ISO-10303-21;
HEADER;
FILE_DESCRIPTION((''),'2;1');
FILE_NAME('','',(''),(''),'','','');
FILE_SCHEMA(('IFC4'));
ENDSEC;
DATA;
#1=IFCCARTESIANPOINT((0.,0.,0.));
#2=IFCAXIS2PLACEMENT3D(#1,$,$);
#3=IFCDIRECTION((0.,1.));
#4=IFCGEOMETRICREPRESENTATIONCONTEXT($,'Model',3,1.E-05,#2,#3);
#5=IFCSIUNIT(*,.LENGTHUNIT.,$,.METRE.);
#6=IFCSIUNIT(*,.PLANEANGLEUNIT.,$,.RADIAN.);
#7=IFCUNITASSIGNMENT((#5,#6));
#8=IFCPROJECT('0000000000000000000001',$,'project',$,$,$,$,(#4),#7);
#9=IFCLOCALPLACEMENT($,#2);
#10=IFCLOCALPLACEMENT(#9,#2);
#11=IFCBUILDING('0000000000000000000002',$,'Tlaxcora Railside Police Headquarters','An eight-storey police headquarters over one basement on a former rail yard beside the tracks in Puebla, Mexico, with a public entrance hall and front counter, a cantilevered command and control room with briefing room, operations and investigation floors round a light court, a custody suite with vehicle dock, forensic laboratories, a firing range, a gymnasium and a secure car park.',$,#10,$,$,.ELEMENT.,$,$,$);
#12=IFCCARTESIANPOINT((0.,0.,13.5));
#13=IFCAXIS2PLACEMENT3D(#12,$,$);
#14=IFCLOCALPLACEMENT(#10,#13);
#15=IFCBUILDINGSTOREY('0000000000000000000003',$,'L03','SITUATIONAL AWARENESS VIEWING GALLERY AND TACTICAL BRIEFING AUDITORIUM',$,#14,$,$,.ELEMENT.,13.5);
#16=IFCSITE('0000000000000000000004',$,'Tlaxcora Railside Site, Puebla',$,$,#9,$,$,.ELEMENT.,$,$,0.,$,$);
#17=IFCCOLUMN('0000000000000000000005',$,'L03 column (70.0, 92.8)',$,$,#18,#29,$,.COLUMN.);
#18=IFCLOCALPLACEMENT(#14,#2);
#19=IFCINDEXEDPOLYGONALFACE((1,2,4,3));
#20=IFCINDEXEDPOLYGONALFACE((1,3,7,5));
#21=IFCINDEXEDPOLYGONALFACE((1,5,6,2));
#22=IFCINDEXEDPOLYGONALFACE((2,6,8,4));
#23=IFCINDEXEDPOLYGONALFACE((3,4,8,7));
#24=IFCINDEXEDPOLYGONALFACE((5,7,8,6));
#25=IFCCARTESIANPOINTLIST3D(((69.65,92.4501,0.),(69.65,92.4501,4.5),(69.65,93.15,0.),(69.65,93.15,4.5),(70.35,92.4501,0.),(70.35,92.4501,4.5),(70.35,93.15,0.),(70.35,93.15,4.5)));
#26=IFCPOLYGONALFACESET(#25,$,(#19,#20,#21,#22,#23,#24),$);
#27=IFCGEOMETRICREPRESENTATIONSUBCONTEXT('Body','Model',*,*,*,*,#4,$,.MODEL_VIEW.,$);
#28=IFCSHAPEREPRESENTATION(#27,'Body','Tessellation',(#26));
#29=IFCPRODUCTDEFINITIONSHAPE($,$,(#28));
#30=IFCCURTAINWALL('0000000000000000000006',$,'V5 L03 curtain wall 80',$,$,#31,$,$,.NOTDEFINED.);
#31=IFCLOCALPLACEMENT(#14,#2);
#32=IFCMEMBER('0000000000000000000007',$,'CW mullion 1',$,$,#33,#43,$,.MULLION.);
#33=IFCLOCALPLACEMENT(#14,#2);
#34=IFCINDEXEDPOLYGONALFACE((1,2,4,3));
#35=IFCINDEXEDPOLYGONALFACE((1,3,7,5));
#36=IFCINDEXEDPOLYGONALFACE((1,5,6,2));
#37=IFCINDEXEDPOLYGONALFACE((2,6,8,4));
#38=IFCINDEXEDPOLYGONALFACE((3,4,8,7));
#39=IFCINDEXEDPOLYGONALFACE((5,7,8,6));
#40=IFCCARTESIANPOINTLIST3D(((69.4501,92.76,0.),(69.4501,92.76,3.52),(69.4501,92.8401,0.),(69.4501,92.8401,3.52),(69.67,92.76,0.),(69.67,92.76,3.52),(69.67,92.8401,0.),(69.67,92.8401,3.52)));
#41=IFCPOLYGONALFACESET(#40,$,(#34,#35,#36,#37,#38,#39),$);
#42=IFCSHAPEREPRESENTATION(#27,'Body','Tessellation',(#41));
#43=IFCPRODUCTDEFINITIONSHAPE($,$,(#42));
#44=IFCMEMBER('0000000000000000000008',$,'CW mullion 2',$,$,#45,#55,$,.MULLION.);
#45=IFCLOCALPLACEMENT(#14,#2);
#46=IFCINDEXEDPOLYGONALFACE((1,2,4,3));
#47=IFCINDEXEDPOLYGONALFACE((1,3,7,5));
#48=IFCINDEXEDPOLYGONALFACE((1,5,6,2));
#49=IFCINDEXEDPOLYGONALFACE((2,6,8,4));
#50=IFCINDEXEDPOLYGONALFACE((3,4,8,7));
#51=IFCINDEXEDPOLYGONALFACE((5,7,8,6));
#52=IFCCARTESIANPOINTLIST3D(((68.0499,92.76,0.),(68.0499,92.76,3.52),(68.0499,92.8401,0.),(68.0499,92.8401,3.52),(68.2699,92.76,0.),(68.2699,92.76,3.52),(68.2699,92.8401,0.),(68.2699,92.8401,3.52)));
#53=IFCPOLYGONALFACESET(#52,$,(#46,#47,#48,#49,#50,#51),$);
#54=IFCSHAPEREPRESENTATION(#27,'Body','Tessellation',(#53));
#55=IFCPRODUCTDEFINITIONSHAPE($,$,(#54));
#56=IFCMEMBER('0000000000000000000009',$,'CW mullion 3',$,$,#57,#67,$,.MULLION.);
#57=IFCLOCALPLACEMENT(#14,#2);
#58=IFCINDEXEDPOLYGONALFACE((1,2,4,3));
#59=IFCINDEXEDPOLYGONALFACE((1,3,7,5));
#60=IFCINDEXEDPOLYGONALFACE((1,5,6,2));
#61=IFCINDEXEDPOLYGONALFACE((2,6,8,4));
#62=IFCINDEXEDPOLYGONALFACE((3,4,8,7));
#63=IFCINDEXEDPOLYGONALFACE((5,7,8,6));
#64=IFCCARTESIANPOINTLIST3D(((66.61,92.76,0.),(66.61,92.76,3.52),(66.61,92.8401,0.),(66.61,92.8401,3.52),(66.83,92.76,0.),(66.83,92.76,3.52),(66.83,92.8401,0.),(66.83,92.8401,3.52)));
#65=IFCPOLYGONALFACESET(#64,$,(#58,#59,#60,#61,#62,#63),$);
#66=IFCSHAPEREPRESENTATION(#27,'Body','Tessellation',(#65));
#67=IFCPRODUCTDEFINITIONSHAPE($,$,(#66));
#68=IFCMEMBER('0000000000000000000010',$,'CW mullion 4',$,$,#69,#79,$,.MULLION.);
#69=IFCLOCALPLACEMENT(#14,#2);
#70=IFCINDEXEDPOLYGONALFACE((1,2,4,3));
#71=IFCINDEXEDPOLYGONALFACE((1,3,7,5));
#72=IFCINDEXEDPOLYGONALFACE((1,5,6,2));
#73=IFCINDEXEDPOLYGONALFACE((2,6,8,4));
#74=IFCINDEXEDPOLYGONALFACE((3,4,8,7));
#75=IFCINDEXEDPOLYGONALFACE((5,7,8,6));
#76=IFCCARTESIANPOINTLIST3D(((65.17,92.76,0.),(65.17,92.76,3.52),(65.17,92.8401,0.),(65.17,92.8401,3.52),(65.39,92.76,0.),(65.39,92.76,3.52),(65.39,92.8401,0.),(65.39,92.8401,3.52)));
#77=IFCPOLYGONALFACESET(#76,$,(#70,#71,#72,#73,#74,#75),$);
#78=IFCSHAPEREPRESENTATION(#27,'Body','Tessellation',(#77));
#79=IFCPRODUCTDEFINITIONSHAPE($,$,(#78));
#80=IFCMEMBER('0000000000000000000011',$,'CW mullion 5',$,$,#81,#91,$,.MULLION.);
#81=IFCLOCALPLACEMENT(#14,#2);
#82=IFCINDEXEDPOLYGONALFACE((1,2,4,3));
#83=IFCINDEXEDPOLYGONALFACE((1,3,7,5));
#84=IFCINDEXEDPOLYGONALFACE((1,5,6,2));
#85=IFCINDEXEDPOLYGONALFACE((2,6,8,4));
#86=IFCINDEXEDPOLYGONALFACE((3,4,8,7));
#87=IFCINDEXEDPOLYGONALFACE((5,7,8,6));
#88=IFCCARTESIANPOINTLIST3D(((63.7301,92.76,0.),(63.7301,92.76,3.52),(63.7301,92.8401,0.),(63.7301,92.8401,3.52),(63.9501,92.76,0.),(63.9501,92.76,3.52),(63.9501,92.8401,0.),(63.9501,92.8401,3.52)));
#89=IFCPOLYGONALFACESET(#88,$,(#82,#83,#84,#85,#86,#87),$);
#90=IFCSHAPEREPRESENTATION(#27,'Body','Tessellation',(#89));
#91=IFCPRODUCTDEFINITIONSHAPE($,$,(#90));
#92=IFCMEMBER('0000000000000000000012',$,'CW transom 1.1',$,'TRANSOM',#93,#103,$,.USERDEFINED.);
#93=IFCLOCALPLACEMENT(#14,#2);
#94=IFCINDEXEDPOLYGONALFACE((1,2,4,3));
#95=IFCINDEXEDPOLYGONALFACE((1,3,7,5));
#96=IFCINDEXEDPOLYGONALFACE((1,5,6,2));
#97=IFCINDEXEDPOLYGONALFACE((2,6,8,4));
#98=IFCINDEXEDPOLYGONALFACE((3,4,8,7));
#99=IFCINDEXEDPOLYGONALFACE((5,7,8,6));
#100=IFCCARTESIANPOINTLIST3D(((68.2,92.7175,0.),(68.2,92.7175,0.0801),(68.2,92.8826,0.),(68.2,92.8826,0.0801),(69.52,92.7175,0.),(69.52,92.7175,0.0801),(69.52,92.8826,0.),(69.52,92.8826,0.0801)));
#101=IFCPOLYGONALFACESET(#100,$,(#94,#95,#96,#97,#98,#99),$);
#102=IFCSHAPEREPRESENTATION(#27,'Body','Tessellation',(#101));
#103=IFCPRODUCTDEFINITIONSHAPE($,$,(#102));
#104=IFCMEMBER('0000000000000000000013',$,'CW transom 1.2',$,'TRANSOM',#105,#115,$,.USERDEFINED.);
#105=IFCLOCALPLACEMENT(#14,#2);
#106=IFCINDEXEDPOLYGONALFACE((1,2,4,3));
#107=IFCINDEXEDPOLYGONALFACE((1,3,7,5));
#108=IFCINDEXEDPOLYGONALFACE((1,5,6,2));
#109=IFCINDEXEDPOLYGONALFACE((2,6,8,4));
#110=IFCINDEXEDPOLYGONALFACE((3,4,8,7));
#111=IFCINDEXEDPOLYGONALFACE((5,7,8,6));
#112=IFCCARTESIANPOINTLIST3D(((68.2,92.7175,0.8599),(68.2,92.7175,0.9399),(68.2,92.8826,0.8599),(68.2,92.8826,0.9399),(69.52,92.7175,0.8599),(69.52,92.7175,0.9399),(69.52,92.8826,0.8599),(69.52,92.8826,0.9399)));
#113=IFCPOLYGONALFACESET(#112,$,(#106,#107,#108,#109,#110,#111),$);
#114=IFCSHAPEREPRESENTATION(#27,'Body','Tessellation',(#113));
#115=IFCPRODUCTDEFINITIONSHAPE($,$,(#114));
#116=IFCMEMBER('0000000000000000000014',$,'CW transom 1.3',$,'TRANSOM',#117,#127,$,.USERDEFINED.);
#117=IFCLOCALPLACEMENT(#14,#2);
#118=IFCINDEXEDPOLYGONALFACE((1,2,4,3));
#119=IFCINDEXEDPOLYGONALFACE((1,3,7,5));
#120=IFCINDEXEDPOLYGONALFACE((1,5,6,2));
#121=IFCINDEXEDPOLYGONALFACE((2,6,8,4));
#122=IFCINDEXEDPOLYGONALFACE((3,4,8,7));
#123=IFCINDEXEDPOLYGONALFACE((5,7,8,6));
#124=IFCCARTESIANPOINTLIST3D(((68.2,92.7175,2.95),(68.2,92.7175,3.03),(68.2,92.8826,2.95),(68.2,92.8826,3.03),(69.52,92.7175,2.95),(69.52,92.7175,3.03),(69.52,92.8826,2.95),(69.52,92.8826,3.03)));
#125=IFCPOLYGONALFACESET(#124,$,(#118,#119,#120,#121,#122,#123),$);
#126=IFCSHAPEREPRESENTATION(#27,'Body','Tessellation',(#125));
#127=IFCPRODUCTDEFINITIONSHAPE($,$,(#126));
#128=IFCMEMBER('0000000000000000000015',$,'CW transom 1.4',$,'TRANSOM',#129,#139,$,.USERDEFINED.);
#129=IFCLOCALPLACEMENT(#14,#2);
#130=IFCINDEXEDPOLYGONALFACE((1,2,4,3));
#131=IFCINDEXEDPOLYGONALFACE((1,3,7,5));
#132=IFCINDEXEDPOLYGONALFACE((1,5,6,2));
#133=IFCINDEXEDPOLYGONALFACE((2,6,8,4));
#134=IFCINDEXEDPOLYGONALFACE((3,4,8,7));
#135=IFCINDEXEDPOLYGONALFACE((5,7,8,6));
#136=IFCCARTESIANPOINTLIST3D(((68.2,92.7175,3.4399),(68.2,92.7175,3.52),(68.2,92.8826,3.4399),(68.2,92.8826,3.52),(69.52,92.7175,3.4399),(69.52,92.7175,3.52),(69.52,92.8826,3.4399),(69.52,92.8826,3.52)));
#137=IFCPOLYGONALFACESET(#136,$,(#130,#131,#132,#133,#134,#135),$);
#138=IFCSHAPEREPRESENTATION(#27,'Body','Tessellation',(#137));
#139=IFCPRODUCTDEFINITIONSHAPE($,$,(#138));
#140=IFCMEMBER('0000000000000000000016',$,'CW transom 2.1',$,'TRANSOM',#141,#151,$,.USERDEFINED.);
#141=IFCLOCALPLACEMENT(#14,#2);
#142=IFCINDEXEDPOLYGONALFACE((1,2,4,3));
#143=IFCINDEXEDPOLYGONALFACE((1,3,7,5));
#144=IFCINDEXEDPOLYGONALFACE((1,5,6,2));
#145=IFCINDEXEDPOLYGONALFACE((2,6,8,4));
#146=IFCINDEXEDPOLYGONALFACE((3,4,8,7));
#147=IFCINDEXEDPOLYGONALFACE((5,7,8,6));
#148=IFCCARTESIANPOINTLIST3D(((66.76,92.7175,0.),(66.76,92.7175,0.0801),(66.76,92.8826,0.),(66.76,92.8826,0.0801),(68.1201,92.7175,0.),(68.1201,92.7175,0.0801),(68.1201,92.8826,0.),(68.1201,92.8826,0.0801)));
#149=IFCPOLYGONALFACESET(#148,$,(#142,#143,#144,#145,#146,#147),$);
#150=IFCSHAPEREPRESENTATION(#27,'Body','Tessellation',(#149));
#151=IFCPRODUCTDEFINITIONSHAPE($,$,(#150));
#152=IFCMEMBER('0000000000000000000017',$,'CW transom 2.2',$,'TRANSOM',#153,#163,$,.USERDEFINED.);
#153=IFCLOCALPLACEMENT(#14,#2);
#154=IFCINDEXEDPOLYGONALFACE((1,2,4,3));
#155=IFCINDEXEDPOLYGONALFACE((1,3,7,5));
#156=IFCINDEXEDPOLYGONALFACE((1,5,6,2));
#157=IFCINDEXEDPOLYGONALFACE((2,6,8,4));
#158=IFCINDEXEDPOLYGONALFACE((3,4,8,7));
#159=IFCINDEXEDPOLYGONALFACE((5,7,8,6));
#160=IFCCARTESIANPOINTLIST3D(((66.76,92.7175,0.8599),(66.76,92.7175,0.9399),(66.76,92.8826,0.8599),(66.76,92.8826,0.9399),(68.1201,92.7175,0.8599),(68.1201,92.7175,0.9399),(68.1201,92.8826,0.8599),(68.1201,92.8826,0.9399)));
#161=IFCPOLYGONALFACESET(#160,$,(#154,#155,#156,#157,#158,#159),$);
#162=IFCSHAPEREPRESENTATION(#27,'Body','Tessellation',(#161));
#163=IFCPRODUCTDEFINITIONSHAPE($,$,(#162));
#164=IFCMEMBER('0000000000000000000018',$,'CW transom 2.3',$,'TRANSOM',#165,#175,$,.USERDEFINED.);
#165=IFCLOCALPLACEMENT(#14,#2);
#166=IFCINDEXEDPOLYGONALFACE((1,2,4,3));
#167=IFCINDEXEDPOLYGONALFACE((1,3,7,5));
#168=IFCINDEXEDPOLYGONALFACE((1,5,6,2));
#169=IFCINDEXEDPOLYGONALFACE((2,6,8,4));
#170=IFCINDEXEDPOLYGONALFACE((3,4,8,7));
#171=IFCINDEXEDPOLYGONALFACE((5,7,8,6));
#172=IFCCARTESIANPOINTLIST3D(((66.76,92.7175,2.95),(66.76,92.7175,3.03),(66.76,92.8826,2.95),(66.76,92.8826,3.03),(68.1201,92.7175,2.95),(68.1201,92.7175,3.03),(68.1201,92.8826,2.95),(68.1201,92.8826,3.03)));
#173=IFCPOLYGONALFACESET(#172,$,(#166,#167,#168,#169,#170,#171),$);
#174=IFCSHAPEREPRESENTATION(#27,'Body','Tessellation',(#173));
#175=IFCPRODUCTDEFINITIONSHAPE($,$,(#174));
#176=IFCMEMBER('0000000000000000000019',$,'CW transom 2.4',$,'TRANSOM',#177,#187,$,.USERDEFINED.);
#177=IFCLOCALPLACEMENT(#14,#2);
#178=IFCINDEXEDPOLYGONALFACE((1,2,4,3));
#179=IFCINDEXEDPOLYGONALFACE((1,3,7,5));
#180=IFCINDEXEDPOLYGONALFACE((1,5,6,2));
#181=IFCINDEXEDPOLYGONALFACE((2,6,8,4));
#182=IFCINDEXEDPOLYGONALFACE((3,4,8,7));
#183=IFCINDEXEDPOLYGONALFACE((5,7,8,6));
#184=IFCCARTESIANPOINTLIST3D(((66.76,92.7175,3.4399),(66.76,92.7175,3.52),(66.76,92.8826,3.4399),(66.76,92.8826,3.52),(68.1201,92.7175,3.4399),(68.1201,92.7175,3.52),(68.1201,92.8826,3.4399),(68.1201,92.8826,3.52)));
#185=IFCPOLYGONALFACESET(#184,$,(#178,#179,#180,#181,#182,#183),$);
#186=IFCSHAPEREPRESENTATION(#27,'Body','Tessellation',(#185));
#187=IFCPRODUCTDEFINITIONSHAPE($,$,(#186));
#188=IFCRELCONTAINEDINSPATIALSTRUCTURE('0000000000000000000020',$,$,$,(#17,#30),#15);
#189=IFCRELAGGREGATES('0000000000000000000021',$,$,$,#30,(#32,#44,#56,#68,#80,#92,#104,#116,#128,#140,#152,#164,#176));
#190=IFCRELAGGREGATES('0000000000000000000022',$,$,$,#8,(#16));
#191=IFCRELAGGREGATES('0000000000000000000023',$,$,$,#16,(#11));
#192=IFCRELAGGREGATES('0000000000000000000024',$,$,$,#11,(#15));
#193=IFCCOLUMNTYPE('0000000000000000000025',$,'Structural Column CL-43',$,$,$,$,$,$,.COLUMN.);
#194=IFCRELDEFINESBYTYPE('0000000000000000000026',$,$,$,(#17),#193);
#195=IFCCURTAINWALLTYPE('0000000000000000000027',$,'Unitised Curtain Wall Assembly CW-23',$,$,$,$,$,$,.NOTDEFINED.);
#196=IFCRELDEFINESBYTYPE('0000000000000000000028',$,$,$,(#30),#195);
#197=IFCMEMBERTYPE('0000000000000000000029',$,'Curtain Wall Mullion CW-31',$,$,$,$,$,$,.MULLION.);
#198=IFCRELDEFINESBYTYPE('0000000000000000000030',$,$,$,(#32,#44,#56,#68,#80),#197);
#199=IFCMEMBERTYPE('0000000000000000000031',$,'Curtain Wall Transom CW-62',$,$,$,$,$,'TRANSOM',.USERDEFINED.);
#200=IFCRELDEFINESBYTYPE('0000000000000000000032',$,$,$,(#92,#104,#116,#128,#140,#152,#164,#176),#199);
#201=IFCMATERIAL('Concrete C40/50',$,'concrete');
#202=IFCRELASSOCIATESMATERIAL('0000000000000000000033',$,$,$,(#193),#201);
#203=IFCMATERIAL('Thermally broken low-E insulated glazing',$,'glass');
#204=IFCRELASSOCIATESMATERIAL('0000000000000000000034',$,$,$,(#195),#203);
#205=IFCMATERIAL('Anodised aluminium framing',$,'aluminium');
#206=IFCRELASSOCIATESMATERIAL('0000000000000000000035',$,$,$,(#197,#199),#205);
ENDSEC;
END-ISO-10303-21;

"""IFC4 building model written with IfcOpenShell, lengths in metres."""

from ifc_helpers import new_model, si_unit, direction, frame, origin, origin_2d, place, context, subcontext, project, spatial, rectangle, extrude, material, material_profile, profile_set, type_object, element, aggregate, save


model = new_model("IFC4")

# Units and contexts
model_context = context("Model", 3, precision=1e-05, world=origin(), true_north=direction((0.0, 1.0)))
body_context = subcontext(model_context, "Body", "Model", "MODEL_VIEW")
ifc_project = project(units=[si_unit("LENGTHUNIT", "METRE"), si_unit("PLANEANGLEUNIT", "RADIAN")], contexts=[model_context])

# Site, building, storey
site_placement = place(None, origin())
site = spatial("IfcSite", under=ifc_project, at=site_placement, Name="Tlaxcora Railside Site, Puebla", CompositionType="ELEMENT", RefElevation=0.0)
building_placement = place(site_placement, origin())
building = spatial("IfcBuilding", under=site, at=building_placement, Name="Tlaxcora Railside Police Headquarters", Description="An eight-storey police headquarters over one basement on a former rail yard beside the tracks in Puebla, Mexico, with a public entrance hall and front counter, a cantilevered command and control room with briefing room, operations and investigation floors round a light court, a custody suite with vehicle dock, forensic laboratories, a firing range, a gymnasium and a secure car park.", CompositionType="ELEMENT")
storey_placement = place(building_placement, frame((0.0, 0.0, 13.5)))
storey = spatial("IfcBuildingStorey", under=building, at=storey_placement, Name="L03", Description="SITUATIONAL AWARENESS VIEWING GALLERY AND TACTICAL BRIEFING AUDITORIUM", CompositionType="ELEMENT", Elevation=13.5)

# Column
ifc_material_1 = material(Name="Concrete C40/50", Category="concrete")
ifc_material_profile_1 = material_profile(ifc_material_1, rectangle(XDim=0.7, YDim=0.7, at=origin_2d()), Name="RC700X700")
ifc_profile_set_1 = profile_set([ifc_material_profile_1], Name="Concrete C40/50")
column_type = type_object("IfcColumnType", Name="Structural Column CL-43", PredefinedType="COLUMN", material=ifc_profile_set_1)
column_placement = place(storey_placement, frame((70.0, 92.8, 0.0), z_axis=(0.0, 0.0, 1.0), x_axis=(1.0, 0.0, 0.0)))
element("IfcColumn", 1, at=column_placement, inside=storey, type_object=column_type, Name="L03 column (70.0, 92.8)", PredefinedType="COLUMN", context=body_context, shape_type="SweptSolid", body=[
    extrude(rectangle(XDim=0.7, YDim=0.7, at=origin_2d()), origin(), (0.0, 0.0, 1.0), 4.5),
])

# Curtain wall, members
ifc_material_2 = material(Name="Thermally broken low-E insulated glazing", Category="glass")
curtain_wall_type = type_object("IfcCurtainWallType", Name="Unitised Curtain Wall Assembly CW-23", PredefinedType="NOTDEFINED", material=ifc_material_2)
curtain_wall_placement = place(storey_placement, origin())
curtain_wall = element("IfcCurtainWall", 2, at=curtain_wall_placement, inside=storey, type_object=curtain_wall_type, Name="V5 L03 curtain wall 80", PredefinedType="NOTDEFINED")
ifc_material_3 = material(Name="Anodised aluminium framing", Category="aluminium")
ifc_material_profile_2 = material_profile(ifc_material_3, rectangle(XDim=0.0801, YDim=0.22, at=origin_2d()), Name="AL80X220")
ifc_profile_set_2 = profile_set([ifc_material_profile_2], Name="Anodised aluminium framing")
member_type_1 = type_object("IfcMemberType", Name="Curtain Wall Mullion CW-31", PredefinedType="MULLION", material=ifc_profile_set_2)
member_1_placement = place(storey_placement, frame((69.5601, 92.8, 0.0), z_axis=(0.0, 0.0, 1.0), x_axis=(0.0, -1.0, 0.0)))
member_1 = element("IfcMember", 3, at=member_1_placement, type_object=member_type_1, Name="CW mullion 1", PredefinedType="MULLION", context=body_context, shape_type="SweptSolid", body=[
    extrude(rectangle(XDim=0.0801, YDim=0.22, at=origin_2d()), origin(), (0.0, 0.0, 1.0), 3.52),
])
member_2_placement = place(storey_placement, frame((68.1599, 92.8, 0.0), z_axis=(0.0, 0.0, 1.0), x_axis=(0.0, -1.0, 0.0)))
member_2 = element("IfcMember", 4, at=member_2_placement, type_object=member_type_1, Name="CW mullion 2", PredefinedType="MULLION", context=body_context, shape_type="SweptSolid", body=[
    extrude(rectangle(XDim=0.0801, YDim=0.22, at=origin_2d()), origin(), (0.0, 0.0, 1.0), 3.52),
])
member_3_placement = place(storey_placement, frame((66.72, 92.8, 0.0), z_axis=(0.0, 0.0, 1.0), x_axis=(0.0, -1.0, 0.0)))
member_3 = element("IfcMember", 5, at=member_3_placement, type_object=member_type_1, Name="CW mullion 3", PredefinedType="MULLION", context=body_context, shape_type="SweptSolid", body=[
    extrude(rectangle(XDim=0.0801, YDim=0.22, at=origin_2d()), origin(), (0.0, 0.0, 1.0), 3.52),
])
member_4_placement = place(storey_placement, frame((65.28, 92.8, 0.0), z_axis=(0.0, 0.0, 1.0), x_axis=(0.0, -1.0, 0.0)))
member_4 = element("IfcMember", 6, at=member_4_placement, type_object=member_type_1, Name="CW mullion 4", PredefinedType="MULLION", context=body_context, shape_type="SweptSolid", body=[
    extrude(rectangle(XDim=0.0801, YDim=0.22, at=origin_2d()), origin(), (0.0, 0.0, 1.0), 3.52),
])
member_5_placement = place(storey_placement, frame((63.8401, 92.8, 0.0), z_axis=(0.0, 0.0, 1.0), x_axis=(0.0, -1.0, 0.0)))
member_5 = element("IfcMember", 7, at=member_5_placement, type_object=member_type_1, Name="CW mullion 5", PredefinedType="MULLION", context=body_context, shape_type="SweptSolid", body=[
    extrude(rectangle(XDim=0.0801, YDim=0.22, at=origin_2d()), origin(), (0.0, 0.0, 1.0), 3.52),
])
ifc_material_profile_3 = material_profile(ifc_material_3, rectangle(XDim=0.165, YDim=0.0801, at=origin_2d()), Name="AL80X165")
ifc_profile_set_3 = profile_set([ifc_material_profile_3], Name="Anodised aluminium framing")
member_type_2 = type_object("IfcMemberType", Name="Curtain Wall Transom CW-62", ElementType="TRANSOM", PredefinedType="USERDEFINED", material=ifc_profile_set_3)
member_6_placement = place(storey_placement, frame((69.52, 92.8, 0.04), z_axis=(-1.0, 0.0, 0.0), x_axis=(0.0, -1.0, 0.0)))
member_6 = element("IfcMember", 8, at=member_6_placement, type_object=member_type_2, Name="CW transom 1.1", ObjectType="TRANSOM", PredefinedType="USERDEFINED", context=body_context, shape_type="SweptSolid", body=[
    extrude(rectangle(XDim=0.165, YDim=0.0801, at=origin_2d()), origin(), (0.0, 0.0, 1.0), 1.3201),
])
member_7_placement = place(storey_placement, frame((69.52, 92.8, 0.8999), z_axis=(-1.0, 0.0, 0.0), x_axis=(0.0, -1.0, 0.0)))
member_7 = element("IfcMember", 9, at=member_7_placement, type_object=member_type_2, Name="CW transom 1.2", ObjectType="TRANSOM", PredefinedType="USERDEFINED", context=body_context, shape_type="SweptSolid", body=[
    extrude(rectangle(XDim=0.165, YDim=0.0801, at=origin_2d()), origin(), (0.0, 0.0, 1.0), 1.3201),
])
member_8_placement = place(storey_placement, frame((69.52, 92.8, 2.99), z_axis=(-1.0, 0.0, 0.0), x_axis=(0.0, -1.0, 0.0)))
member_8 = element("IfcMember", 10, at=member_8_placement, type_object=member_type_2, Name="CW transom 1.3", ObjectType="TRANSOM", PredefinedType="USERDEFINED", context=body_context, shape_type="SweptSolid", body=[
    extrude(rectangle(XDim=0.165, YDim=0.0801, at=origin_2d()), origin(), (0.0, 0.0, 1.0), 1.3201),
])
member_9_placement = place(storey_placement, frame((69.52, 92.8, 3.48), z_axis=(-1.0, 0.0, 0.0), x_axis=(0.0, -1.0, 0.0)))
member_9 = element("IfcMember", 11, at=member_9_placement, type_object=member_type_2, Name="CW transom 1.4", ObjectType="TRANSOM", PredefinedType="USERDEFINED", context=body_context, shape_type="SweptSolid", body=[
    extrude(rectangle(XDim=0.165, YDim=0.0801, at=origin_2d()), origin(), (0.0, 0.0, 1.0), 1.3201),
])
member_10_placement = place(storey_placement, frame((68.1201, 92.8, 0.04), z_axis=(-1.0, 0.0, 0.0), x_axis=(0.0, -1.0, 0.0)))
member_10 = element("IfcMember", 12, at=member_10_placement, type_object=member_type_2, Name="CW transom 2.1", ObjectType="TRANSOM", PredefinedType="USERDEFINED", context=body_context, shape_type="SweptSolid", body=[
    extrude(rectangle(XDim=0.165, YDim=0.0801, at=origin_2d()), origin(), (0.0, 0.0, 1.0), 1.3601),
])
member_11_placement = place(storey_placement, frame((68.1201, 92.8, 0.8999), z_axis=(-1.0, 0.0, 0.0), x_axis=(0.0, -1.0, 0.0)))
member_11 = element("IfcMember", 13, at=member_11_placement, type_object=member_type_2, Name="CW transom 2.2", ObjectType="TRANSOM", PredefinedType="USERDEFINED", context=body_context, shape_type="SweptSolid", body=[
    extrude(rectangle(XDim=0.165, YDim=0.0801, at=origin_2d()), origin(), (0.0, 0.0, 1.0), 1.3601),
])
member_12_placement = place(storey_placement, frame((68.1201, 92.8, 2.99), z_axis=(-1.0, 0.0, 0.0), x_axis=(0.0, -1.0, 0.0)))
member_12 = element("IfcMember", 14, at=member_12_placement, type_object=member_type_2, Name="CW transom 2.3", ObjectType="TRANSOM", PredefinedType="USERDEFINED", context=body_context, shape_type="SweptSolid", body=[
    extrude(rectangle(XDim=0.165, YDim=0.0801, at=origin_2d()), origin(), (0.0, 0.0, 1.0), 1.3601),
])
member_13_placement = place(storey_placement, frame((68.1201, 92.8, 3.48), z_axis=(-1.0, 0.0, 0.0), x_axis=(0.0, -1.0, 0.0)))
member_13 = element("IfcMember", 15, at=member_13_placement, type_object=member_type_2, Name="CW transom 2.4", ObjectType="TRANSOM", PredefinedType="USERDEFINED", context=body_context, shape_type="SweptSolid", body=[
    extrude(rectangle(XDim=0.165, YDim=0.0801, at=origin_2d()), origin(), (0.0, 0.0, 1.0), 1.3601),
])
aggregate(curtain_wall, [member_1, member_2, member_3, member_4, member_5, member_6, member_7, member_8, member_9, member_10, member_11, member_12, member_13])

save(model, "model.ifc")
